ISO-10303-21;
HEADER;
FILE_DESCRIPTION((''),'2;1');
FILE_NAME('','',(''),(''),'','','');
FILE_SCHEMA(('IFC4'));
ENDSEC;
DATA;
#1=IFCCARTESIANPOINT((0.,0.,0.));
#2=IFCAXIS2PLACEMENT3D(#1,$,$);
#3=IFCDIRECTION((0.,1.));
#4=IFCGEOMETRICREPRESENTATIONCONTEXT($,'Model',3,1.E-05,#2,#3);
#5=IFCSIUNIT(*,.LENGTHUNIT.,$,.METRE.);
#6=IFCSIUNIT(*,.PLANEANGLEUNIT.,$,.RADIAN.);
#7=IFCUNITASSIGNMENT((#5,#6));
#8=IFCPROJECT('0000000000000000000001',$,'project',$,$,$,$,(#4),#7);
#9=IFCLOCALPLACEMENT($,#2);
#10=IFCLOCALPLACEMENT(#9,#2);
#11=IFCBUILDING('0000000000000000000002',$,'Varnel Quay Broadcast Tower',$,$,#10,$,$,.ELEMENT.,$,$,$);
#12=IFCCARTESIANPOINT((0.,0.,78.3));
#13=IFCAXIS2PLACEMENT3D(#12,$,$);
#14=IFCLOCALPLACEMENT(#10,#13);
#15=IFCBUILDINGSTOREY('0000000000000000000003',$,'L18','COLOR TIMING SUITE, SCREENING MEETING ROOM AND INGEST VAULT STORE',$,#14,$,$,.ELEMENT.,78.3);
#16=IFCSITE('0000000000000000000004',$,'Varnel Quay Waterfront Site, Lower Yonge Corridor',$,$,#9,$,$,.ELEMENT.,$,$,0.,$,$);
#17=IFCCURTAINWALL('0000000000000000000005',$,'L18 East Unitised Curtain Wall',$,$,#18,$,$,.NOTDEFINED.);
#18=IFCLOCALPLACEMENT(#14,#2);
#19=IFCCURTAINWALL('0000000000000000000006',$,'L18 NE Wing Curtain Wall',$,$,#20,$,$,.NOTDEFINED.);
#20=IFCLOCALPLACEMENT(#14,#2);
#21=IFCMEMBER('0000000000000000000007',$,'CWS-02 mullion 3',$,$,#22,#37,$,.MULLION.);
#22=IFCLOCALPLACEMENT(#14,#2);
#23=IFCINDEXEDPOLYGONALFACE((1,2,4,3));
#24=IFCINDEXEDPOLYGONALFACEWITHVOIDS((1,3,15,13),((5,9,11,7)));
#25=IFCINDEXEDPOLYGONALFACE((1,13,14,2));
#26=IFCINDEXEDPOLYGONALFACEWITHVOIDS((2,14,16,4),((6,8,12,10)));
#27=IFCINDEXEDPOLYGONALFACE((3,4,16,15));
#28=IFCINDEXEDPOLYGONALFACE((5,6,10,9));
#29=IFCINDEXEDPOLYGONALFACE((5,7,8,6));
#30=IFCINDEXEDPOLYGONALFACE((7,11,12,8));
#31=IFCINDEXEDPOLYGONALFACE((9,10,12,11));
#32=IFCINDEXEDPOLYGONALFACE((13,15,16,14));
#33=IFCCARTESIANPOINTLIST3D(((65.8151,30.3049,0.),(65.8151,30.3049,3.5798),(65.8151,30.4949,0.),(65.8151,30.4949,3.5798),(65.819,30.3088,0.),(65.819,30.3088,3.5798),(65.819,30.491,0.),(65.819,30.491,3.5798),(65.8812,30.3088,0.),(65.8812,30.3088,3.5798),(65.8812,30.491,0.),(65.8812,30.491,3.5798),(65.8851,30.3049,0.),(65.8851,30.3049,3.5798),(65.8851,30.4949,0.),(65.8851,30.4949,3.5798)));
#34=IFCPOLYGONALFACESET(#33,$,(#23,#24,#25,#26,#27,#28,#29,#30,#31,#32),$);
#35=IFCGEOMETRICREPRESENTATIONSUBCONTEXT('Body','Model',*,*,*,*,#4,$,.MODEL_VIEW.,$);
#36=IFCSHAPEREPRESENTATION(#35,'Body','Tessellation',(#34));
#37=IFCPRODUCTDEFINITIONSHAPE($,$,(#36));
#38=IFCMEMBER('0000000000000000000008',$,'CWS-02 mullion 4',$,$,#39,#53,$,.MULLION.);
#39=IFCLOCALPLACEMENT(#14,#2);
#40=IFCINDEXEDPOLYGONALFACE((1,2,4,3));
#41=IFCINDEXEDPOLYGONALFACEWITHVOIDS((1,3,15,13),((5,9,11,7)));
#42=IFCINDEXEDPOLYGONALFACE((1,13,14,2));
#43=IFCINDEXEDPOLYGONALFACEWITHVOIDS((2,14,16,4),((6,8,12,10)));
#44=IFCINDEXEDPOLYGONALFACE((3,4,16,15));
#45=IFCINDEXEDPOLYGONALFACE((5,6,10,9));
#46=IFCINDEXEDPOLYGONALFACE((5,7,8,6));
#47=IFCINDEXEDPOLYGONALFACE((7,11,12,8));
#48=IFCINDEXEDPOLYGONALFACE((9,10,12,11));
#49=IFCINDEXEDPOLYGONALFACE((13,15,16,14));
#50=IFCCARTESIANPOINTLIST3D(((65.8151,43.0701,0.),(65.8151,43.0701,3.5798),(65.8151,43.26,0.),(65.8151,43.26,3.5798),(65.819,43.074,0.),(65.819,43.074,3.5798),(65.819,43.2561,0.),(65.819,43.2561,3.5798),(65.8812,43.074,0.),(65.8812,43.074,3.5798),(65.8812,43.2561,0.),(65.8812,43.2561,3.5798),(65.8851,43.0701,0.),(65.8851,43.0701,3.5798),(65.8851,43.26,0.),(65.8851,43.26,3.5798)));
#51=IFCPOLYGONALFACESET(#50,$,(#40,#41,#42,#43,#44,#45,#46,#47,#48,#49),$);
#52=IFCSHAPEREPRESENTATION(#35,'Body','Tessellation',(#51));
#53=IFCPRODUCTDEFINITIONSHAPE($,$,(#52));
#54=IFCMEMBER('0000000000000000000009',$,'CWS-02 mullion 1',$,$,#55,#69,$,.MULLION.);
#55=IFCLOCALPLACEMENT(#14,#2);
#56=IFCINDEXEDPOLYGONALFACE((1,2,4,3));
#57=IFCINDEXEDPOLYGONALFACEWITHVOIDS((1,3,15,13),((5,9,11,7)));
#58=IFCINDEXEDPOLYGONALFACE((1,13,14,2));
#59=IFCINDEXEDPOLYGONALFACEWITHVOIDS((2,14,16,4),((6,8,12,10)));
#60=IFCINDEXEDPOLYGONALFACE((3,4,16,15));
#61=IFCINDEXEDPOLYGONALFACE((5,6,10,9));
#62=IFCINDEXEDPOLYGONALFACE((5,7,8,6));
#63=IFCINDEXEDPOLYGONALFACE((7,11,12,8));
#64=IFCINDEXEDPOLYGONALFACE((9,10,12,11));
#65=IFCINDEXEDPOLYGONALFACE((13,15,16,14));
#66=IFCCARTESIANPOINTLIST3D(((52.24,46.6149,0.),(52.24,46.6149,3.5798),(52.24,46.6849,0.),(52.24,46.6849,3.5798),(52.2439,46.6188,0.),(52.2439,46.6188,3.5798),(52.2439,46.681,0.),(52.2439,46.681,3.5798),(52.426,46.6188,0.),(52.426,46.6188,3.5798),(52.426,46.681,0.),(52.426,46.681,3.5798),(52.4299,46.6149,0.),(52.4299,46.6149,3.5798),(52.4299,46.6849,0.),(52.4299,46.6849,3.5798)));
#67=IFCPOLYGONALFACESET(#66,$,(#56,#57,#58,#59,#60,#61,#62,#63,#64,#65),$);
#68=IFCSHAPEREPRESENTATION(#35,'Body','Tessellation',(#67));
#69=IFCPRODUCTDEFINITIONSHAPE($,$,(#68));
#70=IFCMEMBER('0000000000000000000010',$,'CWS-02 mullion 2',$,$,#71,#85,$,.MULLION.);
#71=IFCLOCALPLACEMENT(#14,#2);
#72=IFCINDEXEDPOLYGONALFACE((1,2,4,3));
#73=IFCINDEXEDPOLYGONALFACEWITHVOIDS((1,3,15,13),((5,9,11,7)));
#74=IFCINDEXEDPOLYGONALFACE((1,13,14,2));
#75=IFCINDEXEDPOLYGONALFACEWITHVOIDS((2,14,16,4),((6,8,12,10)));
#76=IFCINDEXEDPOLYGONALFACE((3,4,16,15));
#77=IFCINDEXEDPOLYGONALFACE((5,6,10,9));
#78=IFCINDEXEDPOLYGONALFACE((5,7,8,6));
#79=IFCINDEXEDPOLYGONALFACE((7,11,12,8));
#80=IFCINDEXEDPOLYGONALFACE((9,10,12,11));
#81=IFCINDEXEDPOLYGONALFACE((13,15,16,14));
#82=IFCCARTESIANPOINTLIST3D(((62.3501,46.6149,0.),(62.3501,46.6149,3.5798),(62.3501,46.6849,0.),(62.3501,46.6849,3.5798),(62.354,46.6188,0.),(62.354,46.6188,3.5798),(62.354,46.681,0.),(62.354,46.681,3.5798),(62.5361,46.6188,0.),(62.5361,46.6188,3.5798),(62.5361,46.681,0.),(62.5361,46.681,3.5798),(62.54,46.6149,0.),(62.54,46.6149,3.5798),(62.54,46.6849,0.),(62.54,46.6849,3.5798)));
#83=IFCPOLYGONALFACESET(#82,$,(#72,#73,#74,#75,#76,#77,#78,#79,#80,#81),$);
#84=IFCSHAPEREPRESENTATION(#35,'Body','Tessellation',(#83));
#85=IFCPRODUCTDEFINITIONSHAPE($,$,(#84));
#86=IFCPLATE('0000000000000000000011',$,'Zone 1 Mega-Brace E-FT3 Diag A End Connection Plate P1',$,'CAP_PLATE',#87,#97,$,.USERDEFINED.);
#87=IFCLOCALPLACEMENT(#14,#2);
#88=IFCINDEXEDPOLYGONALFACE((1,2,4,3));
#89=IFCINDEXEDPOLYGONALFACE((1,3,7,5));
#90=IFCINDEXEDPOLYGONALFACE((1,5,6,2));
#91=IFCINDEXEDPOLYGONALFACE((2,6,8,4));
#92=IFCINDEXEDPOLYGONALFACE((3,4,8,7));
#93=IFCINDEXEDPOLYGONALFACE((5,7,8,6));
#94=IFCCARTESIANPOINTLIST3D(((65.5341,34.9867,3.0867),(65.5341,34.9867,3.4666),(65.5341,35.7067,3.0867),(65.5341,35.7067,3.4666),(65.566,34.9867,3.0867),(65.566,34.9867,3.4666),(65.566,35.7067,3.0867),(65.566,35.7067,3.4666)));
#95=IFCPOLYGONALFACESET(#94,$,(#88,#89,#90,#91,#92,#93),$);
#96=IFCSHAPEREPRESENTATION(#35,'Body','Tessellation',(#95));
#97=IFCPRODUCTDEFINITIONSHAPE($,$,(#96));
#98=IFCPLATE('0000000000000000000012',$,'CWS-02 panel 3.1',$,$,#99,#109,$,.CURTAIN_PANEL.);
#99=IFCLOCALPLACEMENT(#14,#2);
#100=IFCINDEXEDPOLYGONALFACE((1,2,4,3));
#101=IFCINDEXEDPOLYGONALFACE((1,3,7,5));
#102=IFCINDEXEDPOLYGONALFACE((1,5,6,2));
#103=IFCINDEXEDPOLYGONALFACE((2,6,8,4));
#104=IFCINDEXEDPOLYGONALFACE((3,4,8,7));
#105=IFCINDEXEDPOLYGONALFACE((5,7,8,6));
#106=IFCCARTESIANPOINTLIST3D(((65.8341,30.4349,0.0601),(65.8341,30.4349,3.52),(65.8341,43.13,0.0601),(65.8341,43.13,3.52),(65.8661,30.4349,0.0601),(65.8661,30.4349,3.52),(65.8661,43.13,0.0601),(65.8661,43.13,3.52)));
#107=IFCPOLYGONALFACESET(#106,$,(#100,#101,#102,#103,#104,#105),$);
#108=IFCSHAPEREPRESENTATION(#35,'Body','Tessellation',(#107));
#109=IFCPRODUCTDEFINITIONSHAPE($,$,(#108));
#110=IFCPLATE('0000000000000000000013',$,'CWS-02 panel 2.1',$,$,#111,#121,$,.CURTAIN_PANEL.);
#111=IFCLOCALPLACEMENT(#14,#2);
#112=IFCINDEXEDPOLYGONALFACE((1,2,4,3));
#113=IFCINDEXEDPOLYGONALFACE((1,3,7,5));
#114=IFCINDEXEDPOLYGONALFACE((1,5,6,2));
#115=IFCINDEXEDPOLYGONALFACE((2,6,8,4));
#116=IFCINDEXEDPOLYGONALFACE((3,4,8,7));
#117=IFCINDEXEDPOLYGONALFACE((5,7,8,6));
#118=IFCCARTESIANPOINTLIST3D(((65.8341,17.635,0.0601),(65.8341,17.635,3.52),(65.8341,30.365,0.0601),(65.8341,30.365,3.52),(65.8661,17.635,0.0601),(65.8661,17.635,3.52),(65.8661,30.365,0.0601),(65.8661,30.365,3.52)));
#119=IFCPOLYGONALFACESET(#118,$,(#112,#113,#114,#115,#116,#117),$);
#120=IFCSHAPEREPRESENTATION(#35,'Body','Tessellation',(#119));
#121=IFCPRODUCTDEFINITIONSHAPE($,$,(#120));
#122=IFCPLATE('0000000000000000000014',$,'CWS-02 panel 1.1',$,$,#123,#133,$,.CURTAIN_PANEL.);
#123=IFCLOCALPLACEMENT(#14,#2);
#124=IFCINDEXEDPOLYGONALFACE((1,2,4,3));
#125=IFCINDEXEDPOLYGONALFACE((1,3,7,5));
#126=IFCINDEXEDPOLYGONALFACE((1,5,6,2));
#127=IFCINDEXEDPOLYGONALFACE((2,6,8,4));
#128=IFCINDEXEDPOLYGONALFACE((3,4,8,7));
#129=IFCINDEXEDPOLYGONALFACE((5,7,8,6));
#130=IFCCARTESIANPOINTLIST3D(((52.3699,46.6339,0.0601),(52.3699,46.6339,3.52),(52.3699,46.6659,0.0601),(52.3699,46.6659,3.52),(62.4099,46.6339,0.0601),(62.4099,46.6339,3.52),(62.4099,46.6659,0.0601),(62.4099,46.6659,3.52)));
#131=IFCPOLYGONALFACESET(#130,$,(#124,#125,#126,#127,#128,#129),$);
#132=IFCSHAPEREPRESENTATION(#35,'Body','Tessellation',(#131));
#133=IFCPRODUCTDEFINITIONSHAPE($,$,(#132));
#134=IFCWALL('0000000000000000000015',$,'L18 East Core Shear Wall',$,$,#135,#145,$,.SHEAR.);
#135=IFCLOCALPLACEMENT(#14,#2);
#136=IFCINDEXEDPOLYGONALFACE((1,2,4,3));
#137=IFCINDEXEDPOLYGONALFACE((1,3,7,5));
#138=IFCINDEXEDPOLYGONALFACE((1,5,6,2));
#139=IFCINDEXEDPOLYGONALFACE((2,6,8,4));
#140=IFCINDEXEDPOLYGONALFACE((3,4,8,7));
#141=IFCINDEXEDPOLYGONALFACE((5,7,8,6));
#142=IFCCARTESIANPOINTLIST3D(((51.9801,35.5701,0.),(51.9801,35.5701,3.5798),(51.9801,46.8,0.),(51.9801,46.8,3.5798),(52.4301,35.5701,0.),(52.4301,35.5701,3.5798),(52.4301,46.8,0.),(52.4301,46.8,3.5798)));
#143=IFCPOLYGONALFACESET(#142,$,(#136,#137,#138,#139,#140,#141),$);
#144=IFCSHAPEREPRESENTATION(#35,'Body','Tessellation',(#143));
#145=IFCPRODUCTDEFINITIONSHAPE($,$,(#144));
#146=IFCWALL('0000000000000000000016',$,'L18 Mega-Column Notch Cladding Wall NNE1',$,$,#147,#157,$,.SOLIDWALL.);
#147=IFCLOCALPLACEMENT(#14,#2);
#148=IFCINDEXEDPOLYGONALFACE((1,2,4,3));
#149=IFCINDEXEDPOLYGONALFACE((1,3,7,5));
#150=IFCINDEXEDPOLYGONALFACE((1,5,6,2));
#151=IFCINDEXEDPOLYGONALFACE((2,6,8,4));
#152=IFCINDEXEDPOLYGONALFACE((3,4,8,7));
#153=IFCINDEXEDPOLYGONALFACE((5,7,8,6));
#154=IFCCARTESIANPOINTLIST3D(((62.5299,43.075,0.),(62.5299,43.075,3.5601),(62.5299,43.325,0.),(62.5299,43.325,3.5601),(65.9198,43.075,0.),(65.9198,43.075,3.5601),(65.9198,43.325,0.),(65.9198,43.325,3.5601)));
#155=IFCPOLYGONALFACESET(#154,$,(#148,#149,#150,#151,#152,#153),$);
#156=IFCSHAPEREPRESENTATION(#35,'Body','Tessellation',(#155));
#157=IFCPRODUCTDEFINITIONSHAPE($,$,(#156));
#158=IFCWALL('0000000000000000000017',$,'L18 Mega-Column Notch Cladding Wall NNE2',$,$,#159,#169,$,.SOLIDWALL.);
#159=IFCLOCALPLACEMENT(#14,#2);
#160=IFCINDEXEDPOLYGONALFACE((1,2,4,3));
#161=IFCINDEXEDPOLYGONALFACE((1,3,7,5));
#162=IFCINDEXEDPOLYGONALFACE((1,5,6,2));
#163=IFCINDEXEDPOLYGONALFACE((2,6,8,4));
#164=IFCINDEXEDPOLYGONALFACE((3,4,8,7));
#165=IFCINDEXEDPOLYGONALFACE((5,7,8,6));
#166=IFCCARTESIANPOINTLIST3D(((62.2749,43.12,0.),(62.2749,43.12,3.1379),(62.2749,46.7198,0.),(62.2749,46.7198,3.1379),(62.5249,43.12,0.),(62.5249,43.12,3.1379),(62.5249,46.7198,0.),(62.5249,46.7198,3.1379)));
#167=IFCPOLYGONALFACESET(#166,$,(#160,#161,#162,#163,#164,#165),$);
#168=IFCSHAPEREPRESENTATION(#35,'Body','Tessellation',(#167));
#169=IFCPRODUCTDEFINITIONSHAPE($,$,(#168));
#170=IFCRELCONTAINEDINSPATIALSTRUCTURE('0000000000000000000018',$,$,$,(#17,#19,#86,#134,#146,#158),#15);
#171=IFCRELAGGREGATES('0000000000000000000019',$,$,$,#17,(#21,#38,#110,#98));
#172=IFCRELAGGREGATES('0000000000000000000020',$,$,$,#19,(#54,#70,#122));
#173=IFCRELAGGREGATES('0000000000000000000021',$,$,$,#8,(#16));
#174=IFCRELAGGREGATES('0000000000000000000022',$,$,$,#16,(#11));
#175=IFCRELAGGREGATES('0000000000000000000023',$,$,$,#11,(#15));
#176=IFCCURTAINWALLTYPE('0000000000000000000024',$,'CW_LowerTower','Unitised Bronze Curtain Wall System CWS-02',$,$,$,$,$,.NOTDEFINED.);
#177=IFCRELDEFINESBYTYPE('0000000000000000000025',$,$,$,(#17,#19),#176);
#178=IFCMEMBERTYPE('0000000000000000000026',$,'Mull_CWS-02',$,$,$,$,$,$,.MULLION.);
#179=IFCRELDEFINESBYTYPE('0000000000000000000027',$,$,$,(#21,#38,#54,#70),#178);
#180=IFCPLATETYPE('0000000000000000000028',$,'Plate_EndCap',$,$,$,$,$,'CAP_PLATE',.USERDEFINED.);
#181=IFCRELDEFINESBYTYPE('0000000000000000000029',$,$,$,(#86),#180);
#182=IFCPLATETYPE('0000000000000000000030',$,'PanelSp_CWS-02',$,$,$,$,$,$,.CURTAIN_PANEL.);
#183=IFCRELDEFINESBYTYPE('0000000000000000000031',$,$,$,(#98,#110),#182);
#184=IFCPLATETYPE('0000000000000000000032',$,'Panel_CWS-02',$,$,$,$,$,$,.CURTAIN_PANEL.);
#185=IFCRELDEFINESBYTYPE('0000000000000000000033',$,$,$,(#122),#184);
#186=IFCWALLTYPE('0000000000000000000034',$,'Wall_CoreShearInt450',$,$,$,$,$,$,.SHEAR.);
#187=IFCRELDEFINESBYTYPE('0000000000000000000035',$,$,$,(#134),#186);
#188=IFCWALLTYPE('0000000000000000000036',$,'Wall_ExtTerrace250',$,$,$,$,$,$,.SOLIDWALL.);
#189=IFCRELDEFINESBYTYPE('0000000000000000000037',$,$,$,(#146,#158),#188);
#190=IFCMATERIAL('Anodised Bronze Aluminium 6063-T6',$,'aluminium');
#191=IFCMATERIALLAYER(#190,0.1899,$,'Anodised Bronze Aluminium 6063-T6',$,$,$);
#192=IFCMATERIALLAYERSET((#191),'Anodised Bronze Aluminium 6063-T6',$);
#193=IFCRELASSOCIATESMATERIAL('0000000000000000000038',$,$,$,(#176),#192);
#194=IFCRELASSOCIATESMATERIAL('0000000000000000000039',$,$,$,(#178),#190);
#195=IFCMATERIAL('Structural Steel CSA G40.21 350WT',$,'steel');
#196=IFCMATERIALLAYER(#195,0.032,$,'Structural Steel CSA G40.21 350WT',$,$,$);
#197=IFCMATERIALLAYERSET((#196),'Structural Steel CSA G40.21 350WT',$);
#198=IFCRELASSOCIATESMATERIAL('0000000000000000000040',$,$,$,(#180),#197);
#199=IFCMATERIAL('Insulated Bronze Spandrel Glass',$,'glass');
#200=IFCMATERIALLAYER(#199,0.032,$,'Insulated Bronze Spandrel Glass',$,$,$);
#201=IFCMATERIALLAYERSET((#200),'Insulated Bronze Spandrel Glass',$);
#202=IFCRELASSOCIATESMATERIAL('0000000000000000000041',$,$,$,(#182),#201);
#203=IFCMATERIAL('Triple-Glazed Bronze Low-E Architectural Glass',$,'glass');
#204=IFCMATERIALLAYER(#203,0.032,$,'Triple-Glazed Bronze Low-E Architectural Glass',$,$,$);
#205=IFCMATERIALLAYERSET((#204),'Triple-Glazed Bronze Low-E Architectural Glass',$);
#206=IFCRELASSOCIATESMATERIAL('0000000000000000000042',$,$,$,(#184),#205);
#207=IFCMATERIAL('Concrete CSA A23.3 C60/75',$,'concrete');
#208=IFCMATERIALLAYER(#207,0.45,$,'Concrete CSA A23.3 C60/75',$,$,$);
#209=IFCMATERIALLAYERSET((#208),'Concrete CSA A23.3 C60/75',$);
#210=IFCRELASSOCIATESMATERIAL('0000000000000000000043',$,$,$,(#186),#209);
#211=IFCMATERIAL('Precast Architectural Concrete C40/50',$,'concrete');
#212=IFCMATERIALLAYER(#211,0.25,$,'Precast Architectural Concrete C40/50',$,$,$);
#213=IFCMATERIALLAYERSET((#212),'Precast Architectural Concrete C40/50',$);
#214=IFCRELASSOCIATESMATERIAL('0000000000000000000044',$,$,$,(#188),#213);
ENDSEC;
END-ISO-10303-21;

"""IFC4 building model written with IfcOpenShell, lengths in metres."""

from ifc_helpers import new_model, si_unit, direction, frame, frame_2d, origin, origin_2d, place, context, subcontext, project, spatial, rectangle, hollow_rectangle, extrude, source, transform, mapped, material, layer, layer_set, material_profile, profile_set, type_object, type_shapes, element, aggregate, save


model = new_model("IFC4")

# Units and contexts
model_context = context("Model", 3, precision=1e-05, world=origin(), true_north=direction((0.0, 1.0)))
body_context = subcontext(model_context, "Body", "Model", "MODEL_VIEW")
ifc_project = project(units=[si_unit("LENGTHUNIT", "METRE"), si_unit("PLANEANGLEUNIT", "RADIAN")], contexts=[model_context])

# Site, building, storey
site_placement = place(None, origin())
site = spatial("IfcSite", under=ifc_project, at=site_placement, Name="Varnel Quay Waterfront Site, Lower Yonge Corridor", CompositionType="ELEMENT", RefElevation=0.0)
building_placement = place(site_placement, origin())
building = spatial("IfcBuilding", under=site, at=building_placement, Name="Varnel Quay Broadcast Tower", CompositionType="ELEMENT")
storey_placement = place(building_placement, frame((0.0, 0.0, 78.3)))
storey = spatial("IfcBuildingStorey", under=building, at=storey_placement, Name="L18", Description="COLOR TIMING SUITE, SCREENING MEETING ROOM AND INGEST VAULT STORE", CompositionType="ELEMENT", Elevation=78.3)

# Shared definitions
ifc_material_1 = material(Name="Structural Steel CSA G40.21 350WT", Category="steel")

# Curtain walls
ifc_material_2 = material(Name="Anodised Bronze Aluminium 6063-T6", Category="aluminium")
ifc_layer_1 = layer(ifc_material_2, 0.1899, Name="Anodised Bronze Aluminium 6063-T6")
ifc_layer_set_1 = layer_set([ifc_layer_1], Name="Anodised Bronze Aluminium 6063-T6")
curtain_wall_type = type_object("IfcCurtainWallType", Name="CW_LowerTower", Description="Unitised Bronze Curtain Wall System CWS-02", PredefinedType="NOTDEFINED", material=ifc_layer_set_1)
curtain_wall_1_placement = place(storey_placement, origin())
curtain_wall_1 = element("IfcCurtainWall", 1, at=curtain_wall_1_placement, inside=storey, type_object=curtain_wall_type, Name="L18 East Unitised Curtain Wall", PredefinedType="NOTDEFINED")
curtain_wall_2_placement = place(storey_placement, origin())
curtain_wall_2 = element("IfcCurtainWall", 2, at=curtain_wall_2_placement, inside=storey, type_object=curtain_wall_type, Name="L18 NE Wing Curtain Wall", PredefinedType="NOTDEFINED")

# Members
ifc_material_profile_1 = material_profile(ifc_material_2, hollow_rectangle(XDim=0.0701, YDim=0.1899, WallThickness=0.0039, at=origin_2d()), Name="ALU70X190X4")
ifc_profile_set_1 = profile_set([ifc_material_profile_1], Name="Anodised Bronze Aluminium 6063-T6")
member_type_1 = type_object("IfcMemberType", Name="Mull_CWS-02", PredefinedType="MULLION", material=ifc_profile_set_1)
shared_shape_1 = source(origin(), body_context, "Body", "SweptSolid", [
    extrude(hollow_rectangle(XDim=0.0701, YDim=0.1899, WallThickness=0.0039, at=origin_2d()), origin(), (0.0, 0.0, 1.0), 3.5798),
])
type_shapes(member_type_1, [shared_shape_1])
member_1_placement = place(storey_placement, frame((65.8501, 30.3999, 0.0), z_axis=(0.0, 0.0, 1.0), x_axis=(-1.0, 0.0, 0.0)))
member_1 = element("IfcMember", 3, at=member_1_placement, type_object=member_type_1, Name="CWS-02 mullion 3", PredefinedType="MULLION", context=body_context, shape_type="MappedRepresentation", body=[
    mapped(shared_shape_1, transform((0.0, 0.0, 0.0), x_axis=(1.0, 0.0, 0.0), y_axis=(0.0, 1.0, 0.0), z_axis=(0.0, 0.0, 1.0), scale=1.0)),
])
member_2_placement = place(storey_placement, frame((65.8501, 43.165, 0.0), z_axis=(0.0, 0.0, 1.0), x_axis=(-1.0, 0.0, 0.0)))
member_2 = element("IfcMember", 4, at=member_2_placement, type_object=member_type_1, Name="CWS-02 mullion 4", PredefinedType="MULLION", context=body_context, shape_type="MappedRepresentation", body=[
    mapped(shared_shape_1, transform((0.0, 0.0, 0.0), x_axis=(1.0, 0.0, 0.0), y_axis=(0.0, 1.0, 0.0), z_axis=(0.0, 0.0, 1.0), scale=1.0)),
])
member_3_placement = place(storey_placement, frame((52.335, 46.6499, 0.0), z_axis=(0.0, 0.0, 1.0), x_axis=(0.0, 1.0, 0.0)))
member_3 = element("IfcMember", 5, at=member_3_placement, type_object=member_type_1, Name="CWS-02 mullion 1", PredefinedType="MULLION", context=body_context, shape_type="MappedRepresentation", body=[
    mapped(shared_shape_1, transform((0.0, 0.0, 0.0), x_axis=(1.0, 0.0, 0.0), y_axis=(0.0, 1.0, 0.0), z_axis=(0.0, 0.0, 1.0), scale=1.0)),
])
member_4_placement = place(storey_placement, frame((62.4451, 46.6499, 0.0), z_axis=(0.0, 0.0, 1.0), x_axis=(0.0, 1.0, 0.0)))
member_4 = element("IfcMember", 6, at=member_4_placement, type_object=member_type_1, Name="CWS-02 mullion 2", PredefinedType="MULLION", context=body_context, shape_type="MappedRepresentation", body=[
    mapped(shared_shape_1, transform((0.0, 0.0, 0.0), x_axis=(1.0, 0.0, 0.0), y_axis=(0.0, 1.0, 0.0), z_axis=(0.0, 0.0, 1.0), scale=1.0)),
])

# Plates
ifc_layer_2 = layer(ifc_material_1, 0.032, Name="Structural Steel CSA G40.21 350WT")
ifc_layer_set_2 = layer_set([ifc_layer_2], Name="Structural Steel CSA G40.21 350WT")
plate_type_1 = type_object("IfcPlateType", Name="Plate_EndCap", ElementType="CAP_PLATE", PredefinedType="USERDEFINED", material=ifc_layer_set_2)
shared_shape_2 = source(origin(), body_context, "Body", "SweptSolid", [
    extrude(rectangle(XDim=0.72, YDim=0.032, at=origin_2d()), origin(), (0.0, 0.0, 1.0), 0.3799),
])
type_shapes(plate_type_1, [shared_shape_2])
plate_1_placement = place(storey_placement, frame((65.55, 35.3467, 3.0867), z_axis=(0.0, 0.0, 1.0), x_axis=(0.0, 1.0, 0.0)))
element("IfcPlate", 7, at=plate_1_placement, inside=storey, type_object=plate_type_1, Name="Zone 1 Mega-Brace E-FT3 Diag A End Connection Plate P1", ObjectType="CAP_PLATE", PredefinedType="USERDEFINED", context=body_context, shape_type="MappedRepresentation", body=[
    mapped(shared_shape_2, transform((0.0, 0.0, 0.0), x_axis=(1.0, 0.0, 0.0), y_axis=(0.0, 1.0, 0.0), z_axis=(0.0, 0.0, 1.0), scale=1.0)),
])
ifc_material_3 = material(Name="Insulated Bronze Spandrel Glass", Category="glass")
ifc_layer_3 = layer(ifc_material_3, 0.032, Name="Insulated Bronze Spandrel Glass")
ifc_layer_set_3 = layer_set([ifc_layer_3], Name="Insulated Bronze Spandrel Glass")
plate_type_2 = type_object("IfcPlateType", Name="PanelSp_CWS-02", PredefinedType="CURTAIN_PANEL", material=ifc_layer_set_3)
shared_shape_3 = source(origin(), body_context, "Body", "SweptSolid", [
    extrude(rectangle(XDim=12.6951, YDim=0.032, at=origin_2d()), origin(), (0.0, 0.0, 1.0), 3.46),
])
plate_2_placement = place(storey_placement, frame((65.8501, 36.7825, 0.0601), z_axis=(0.0, 0.0, 1.0), x_axis=(0.0, 1.0, 0.0)))
plate_2 = element("IfcPlate", 8, at=plate_2_placement, type_object=plate_type_2, Name="CWS-02 panel 3.1", PredefinedType="CURTAIN_PANEL", context=body_context, shape_type="MappedRepresentation", body=[
    mapped(shared_shape_3, transform((0.0, 0.0, 0.0), x_axis=(1.0, 0.0, 0.0), y_axis=(0.0, 1.0, 0.0), z_axis=(0.0, 0.0, 1.0), scale=1.0)),
])
shared_shape_4 = source(origin(), body_context, "Body", "SweptSolid", [
    extrude(rectangle(XDim=12.73, YDim=0.032, at=origin_2d()), origin(), (0.0, 0.0, 1.0), 3.46),
])
type_shapes(plate_type_2, [shared_shape_3, shared_shape_4])
plate_3_placement = place(storey_placement, frame((65.8501, 24.0, 0.0601), z_axis=(0.0, 0.0, 1.0), x_axis=(0.0, 1.0, 0.0)))
plate_3 = element("IfcPlate", 9, at=plate_3_placement, type_object=plate_type_2, Name="CWS-02 panel 2.1", PredefinedType="CURTAIN_PANEL", context=body_context, shape_type="MappedRepresentation", body=[
    mapped(shared_shape_4, transform((0.0, 0.0, 0.0), x_axis=(1.0, 0.0, 0.0), y_axis=(0.0, 1.0, 0.0), z_axis=(0.0, 0.0, 1.0), scale=1.0)),
])
aggregate(curtain_wall_1, [member_1, member_2, plate_3, plate_2])
ifc_material_4 = material(Name="Triple-Glazed Bronze Low-E Architectural Glass", Category="glass")
ifc_layer_4 = layer(ifc_material_4, 0.032, Name="Triple-Glazed Bronze Low-E Architectural Glass")
ifc_layer_set_4 = layer_set([ifc_layer_4], Name="Triple-Glazed Bronze Low-E Architectural Glass")
plate_type_3 = type_object("IfcPlateType", Name="Panel_CWS-02", PredefinedType="CURTAIN_PANEL", material=ifc_layer_set_4)
shared_shape_5 = source(origin(), body_context, "Body", "SweptSolid", [
    extrude(rectangle(XDim=10.04, YDim=0.032, at=origin_2d()), origin(), (0.0, 0.0, 1.0), 3.46),
])
type_shapes(plate_type_3, [shared_shape_5])
plate_4_placement = place(storey_placement, frame((57.3899, 46.6499, 0.0601), z_axis=(0.0, 0.0, 1.0), x_axis=(1.0, 0.0, 0.0)))
plate_4 = element("IfcPlate", 10, at=plate_4_placement, type_object=plate_type_3, Name="CWS-02 panel 1.1", PredefinedType="CURTAIN_PANEL", context=body_context, shape_type="MappedRepresentation", body=[
    mapped(shared_shape_5, transform((0.0, 0.0, 0.0), x_axis=(1.0, 0.0, 0.0), y_axis=(0.0, 1.0, 0.0), z_axis=(0.0, 0.0, 1.0), scale=1.0)),
])
aggregate(curtain_wall_2, [member_3, member_4, plate_4])

# Walls
ifc_material_5 = material(Name="Concrete CSA A23.3 C60/75", Category="concrete")
ifc_layer_5 = layer(ifc_material_5, 0.45, Name="Concrete CSA A23.3 C60/75")
ifc_layer_set_5 = layer_set([ifc_layer_5], Name="Concrete CSA A23.3 C60/75")
wall_type_1 = type_object("IfcWallType", Name="Wall_CoreShearInt450", PredefinedType="SHEAR", material=ifc_layer_set_5)
wall_1_placement = place(storey_placement, frame((52.2051, 35.5701, 0.0), z_axis=(0.0, 0.0, 1.0), x_axis=(0.0, 1.0, 0.0)))
element("IfcWall", 11, at=wall_1_placement, inside=storey, type_object=wall_type_1, Name="L18 East Core Shear Wall", PredefinedType="SHEAR", context=body_context, shape_type="SweptSolid", body=[
    extrude(rectangle(XDim=11.23, YDim=0.45, at=frame_2d((5.615, 0.0))), origin(), (0.0, 0.0, 1.0), 3.5798),
])
ifc_material_6 = material(Name="Precast Architectural Concrete C40/50", Category="concrete")
ifc_layer_6 = layer(ifc_material_6, 0.25, Name="Precast Architectural Concrete C40/50")
ifc_layer_set_6 = layer_set([ifc_layer_6], Name="Precast Architectural Concrete C40/50")
wall_type_2 = type_object("IfcWallType", Name="Wall_ExtTerrace250", PredefinedType="SOLIDWALL", material=ifc_layer_set_6)
wall_2_placement = place(storey_placement, frame((62.53, 43.2, 0.0), z_axis=(0.0, 0.0, 1.0), x_axis=(1.0, 0.0, 0.0)))
element("IfcWall", 12, at=wall_2_placement, inside=storey, type_object=wall_type_2, Name="L18 Mega-Column Notch Cladding Wall NNE1", PredefinedType="SOLIDWALL", context=body_context, shape_type="SweptSolid", body=[
    extrude(rectangle(XDim=3.3899, YDim=0.25, at=frame_2d((1.6948, 0.0))), origin(), (0.0, 0.0, 1.0), 3.5601),
])
wall_3_placement = place(storey_placement, frame((62.3999, 43.1201, 0.0), z_axis=(0.0, 0.0, 1.0), x_axis=(0.0, 1.0, 0.0)))
element("IfcWall", 13, at=wall_3_placement, inside=storey, type_object=wall_type_2, Name="L18 Mega-Column Notch Cladding Wall NNE2", PredefinedType="SOLIDWALL", context=body_context, shape_type="SweptSolid", body=[
    extrude(rectangle(XDim=3.5999, YDim=0.25, at=frame_2d((1.7998, 0.0))), origin(), (0.0, 0.0, 1.0), 3.1379),
])

save(model, "model.ifc")
